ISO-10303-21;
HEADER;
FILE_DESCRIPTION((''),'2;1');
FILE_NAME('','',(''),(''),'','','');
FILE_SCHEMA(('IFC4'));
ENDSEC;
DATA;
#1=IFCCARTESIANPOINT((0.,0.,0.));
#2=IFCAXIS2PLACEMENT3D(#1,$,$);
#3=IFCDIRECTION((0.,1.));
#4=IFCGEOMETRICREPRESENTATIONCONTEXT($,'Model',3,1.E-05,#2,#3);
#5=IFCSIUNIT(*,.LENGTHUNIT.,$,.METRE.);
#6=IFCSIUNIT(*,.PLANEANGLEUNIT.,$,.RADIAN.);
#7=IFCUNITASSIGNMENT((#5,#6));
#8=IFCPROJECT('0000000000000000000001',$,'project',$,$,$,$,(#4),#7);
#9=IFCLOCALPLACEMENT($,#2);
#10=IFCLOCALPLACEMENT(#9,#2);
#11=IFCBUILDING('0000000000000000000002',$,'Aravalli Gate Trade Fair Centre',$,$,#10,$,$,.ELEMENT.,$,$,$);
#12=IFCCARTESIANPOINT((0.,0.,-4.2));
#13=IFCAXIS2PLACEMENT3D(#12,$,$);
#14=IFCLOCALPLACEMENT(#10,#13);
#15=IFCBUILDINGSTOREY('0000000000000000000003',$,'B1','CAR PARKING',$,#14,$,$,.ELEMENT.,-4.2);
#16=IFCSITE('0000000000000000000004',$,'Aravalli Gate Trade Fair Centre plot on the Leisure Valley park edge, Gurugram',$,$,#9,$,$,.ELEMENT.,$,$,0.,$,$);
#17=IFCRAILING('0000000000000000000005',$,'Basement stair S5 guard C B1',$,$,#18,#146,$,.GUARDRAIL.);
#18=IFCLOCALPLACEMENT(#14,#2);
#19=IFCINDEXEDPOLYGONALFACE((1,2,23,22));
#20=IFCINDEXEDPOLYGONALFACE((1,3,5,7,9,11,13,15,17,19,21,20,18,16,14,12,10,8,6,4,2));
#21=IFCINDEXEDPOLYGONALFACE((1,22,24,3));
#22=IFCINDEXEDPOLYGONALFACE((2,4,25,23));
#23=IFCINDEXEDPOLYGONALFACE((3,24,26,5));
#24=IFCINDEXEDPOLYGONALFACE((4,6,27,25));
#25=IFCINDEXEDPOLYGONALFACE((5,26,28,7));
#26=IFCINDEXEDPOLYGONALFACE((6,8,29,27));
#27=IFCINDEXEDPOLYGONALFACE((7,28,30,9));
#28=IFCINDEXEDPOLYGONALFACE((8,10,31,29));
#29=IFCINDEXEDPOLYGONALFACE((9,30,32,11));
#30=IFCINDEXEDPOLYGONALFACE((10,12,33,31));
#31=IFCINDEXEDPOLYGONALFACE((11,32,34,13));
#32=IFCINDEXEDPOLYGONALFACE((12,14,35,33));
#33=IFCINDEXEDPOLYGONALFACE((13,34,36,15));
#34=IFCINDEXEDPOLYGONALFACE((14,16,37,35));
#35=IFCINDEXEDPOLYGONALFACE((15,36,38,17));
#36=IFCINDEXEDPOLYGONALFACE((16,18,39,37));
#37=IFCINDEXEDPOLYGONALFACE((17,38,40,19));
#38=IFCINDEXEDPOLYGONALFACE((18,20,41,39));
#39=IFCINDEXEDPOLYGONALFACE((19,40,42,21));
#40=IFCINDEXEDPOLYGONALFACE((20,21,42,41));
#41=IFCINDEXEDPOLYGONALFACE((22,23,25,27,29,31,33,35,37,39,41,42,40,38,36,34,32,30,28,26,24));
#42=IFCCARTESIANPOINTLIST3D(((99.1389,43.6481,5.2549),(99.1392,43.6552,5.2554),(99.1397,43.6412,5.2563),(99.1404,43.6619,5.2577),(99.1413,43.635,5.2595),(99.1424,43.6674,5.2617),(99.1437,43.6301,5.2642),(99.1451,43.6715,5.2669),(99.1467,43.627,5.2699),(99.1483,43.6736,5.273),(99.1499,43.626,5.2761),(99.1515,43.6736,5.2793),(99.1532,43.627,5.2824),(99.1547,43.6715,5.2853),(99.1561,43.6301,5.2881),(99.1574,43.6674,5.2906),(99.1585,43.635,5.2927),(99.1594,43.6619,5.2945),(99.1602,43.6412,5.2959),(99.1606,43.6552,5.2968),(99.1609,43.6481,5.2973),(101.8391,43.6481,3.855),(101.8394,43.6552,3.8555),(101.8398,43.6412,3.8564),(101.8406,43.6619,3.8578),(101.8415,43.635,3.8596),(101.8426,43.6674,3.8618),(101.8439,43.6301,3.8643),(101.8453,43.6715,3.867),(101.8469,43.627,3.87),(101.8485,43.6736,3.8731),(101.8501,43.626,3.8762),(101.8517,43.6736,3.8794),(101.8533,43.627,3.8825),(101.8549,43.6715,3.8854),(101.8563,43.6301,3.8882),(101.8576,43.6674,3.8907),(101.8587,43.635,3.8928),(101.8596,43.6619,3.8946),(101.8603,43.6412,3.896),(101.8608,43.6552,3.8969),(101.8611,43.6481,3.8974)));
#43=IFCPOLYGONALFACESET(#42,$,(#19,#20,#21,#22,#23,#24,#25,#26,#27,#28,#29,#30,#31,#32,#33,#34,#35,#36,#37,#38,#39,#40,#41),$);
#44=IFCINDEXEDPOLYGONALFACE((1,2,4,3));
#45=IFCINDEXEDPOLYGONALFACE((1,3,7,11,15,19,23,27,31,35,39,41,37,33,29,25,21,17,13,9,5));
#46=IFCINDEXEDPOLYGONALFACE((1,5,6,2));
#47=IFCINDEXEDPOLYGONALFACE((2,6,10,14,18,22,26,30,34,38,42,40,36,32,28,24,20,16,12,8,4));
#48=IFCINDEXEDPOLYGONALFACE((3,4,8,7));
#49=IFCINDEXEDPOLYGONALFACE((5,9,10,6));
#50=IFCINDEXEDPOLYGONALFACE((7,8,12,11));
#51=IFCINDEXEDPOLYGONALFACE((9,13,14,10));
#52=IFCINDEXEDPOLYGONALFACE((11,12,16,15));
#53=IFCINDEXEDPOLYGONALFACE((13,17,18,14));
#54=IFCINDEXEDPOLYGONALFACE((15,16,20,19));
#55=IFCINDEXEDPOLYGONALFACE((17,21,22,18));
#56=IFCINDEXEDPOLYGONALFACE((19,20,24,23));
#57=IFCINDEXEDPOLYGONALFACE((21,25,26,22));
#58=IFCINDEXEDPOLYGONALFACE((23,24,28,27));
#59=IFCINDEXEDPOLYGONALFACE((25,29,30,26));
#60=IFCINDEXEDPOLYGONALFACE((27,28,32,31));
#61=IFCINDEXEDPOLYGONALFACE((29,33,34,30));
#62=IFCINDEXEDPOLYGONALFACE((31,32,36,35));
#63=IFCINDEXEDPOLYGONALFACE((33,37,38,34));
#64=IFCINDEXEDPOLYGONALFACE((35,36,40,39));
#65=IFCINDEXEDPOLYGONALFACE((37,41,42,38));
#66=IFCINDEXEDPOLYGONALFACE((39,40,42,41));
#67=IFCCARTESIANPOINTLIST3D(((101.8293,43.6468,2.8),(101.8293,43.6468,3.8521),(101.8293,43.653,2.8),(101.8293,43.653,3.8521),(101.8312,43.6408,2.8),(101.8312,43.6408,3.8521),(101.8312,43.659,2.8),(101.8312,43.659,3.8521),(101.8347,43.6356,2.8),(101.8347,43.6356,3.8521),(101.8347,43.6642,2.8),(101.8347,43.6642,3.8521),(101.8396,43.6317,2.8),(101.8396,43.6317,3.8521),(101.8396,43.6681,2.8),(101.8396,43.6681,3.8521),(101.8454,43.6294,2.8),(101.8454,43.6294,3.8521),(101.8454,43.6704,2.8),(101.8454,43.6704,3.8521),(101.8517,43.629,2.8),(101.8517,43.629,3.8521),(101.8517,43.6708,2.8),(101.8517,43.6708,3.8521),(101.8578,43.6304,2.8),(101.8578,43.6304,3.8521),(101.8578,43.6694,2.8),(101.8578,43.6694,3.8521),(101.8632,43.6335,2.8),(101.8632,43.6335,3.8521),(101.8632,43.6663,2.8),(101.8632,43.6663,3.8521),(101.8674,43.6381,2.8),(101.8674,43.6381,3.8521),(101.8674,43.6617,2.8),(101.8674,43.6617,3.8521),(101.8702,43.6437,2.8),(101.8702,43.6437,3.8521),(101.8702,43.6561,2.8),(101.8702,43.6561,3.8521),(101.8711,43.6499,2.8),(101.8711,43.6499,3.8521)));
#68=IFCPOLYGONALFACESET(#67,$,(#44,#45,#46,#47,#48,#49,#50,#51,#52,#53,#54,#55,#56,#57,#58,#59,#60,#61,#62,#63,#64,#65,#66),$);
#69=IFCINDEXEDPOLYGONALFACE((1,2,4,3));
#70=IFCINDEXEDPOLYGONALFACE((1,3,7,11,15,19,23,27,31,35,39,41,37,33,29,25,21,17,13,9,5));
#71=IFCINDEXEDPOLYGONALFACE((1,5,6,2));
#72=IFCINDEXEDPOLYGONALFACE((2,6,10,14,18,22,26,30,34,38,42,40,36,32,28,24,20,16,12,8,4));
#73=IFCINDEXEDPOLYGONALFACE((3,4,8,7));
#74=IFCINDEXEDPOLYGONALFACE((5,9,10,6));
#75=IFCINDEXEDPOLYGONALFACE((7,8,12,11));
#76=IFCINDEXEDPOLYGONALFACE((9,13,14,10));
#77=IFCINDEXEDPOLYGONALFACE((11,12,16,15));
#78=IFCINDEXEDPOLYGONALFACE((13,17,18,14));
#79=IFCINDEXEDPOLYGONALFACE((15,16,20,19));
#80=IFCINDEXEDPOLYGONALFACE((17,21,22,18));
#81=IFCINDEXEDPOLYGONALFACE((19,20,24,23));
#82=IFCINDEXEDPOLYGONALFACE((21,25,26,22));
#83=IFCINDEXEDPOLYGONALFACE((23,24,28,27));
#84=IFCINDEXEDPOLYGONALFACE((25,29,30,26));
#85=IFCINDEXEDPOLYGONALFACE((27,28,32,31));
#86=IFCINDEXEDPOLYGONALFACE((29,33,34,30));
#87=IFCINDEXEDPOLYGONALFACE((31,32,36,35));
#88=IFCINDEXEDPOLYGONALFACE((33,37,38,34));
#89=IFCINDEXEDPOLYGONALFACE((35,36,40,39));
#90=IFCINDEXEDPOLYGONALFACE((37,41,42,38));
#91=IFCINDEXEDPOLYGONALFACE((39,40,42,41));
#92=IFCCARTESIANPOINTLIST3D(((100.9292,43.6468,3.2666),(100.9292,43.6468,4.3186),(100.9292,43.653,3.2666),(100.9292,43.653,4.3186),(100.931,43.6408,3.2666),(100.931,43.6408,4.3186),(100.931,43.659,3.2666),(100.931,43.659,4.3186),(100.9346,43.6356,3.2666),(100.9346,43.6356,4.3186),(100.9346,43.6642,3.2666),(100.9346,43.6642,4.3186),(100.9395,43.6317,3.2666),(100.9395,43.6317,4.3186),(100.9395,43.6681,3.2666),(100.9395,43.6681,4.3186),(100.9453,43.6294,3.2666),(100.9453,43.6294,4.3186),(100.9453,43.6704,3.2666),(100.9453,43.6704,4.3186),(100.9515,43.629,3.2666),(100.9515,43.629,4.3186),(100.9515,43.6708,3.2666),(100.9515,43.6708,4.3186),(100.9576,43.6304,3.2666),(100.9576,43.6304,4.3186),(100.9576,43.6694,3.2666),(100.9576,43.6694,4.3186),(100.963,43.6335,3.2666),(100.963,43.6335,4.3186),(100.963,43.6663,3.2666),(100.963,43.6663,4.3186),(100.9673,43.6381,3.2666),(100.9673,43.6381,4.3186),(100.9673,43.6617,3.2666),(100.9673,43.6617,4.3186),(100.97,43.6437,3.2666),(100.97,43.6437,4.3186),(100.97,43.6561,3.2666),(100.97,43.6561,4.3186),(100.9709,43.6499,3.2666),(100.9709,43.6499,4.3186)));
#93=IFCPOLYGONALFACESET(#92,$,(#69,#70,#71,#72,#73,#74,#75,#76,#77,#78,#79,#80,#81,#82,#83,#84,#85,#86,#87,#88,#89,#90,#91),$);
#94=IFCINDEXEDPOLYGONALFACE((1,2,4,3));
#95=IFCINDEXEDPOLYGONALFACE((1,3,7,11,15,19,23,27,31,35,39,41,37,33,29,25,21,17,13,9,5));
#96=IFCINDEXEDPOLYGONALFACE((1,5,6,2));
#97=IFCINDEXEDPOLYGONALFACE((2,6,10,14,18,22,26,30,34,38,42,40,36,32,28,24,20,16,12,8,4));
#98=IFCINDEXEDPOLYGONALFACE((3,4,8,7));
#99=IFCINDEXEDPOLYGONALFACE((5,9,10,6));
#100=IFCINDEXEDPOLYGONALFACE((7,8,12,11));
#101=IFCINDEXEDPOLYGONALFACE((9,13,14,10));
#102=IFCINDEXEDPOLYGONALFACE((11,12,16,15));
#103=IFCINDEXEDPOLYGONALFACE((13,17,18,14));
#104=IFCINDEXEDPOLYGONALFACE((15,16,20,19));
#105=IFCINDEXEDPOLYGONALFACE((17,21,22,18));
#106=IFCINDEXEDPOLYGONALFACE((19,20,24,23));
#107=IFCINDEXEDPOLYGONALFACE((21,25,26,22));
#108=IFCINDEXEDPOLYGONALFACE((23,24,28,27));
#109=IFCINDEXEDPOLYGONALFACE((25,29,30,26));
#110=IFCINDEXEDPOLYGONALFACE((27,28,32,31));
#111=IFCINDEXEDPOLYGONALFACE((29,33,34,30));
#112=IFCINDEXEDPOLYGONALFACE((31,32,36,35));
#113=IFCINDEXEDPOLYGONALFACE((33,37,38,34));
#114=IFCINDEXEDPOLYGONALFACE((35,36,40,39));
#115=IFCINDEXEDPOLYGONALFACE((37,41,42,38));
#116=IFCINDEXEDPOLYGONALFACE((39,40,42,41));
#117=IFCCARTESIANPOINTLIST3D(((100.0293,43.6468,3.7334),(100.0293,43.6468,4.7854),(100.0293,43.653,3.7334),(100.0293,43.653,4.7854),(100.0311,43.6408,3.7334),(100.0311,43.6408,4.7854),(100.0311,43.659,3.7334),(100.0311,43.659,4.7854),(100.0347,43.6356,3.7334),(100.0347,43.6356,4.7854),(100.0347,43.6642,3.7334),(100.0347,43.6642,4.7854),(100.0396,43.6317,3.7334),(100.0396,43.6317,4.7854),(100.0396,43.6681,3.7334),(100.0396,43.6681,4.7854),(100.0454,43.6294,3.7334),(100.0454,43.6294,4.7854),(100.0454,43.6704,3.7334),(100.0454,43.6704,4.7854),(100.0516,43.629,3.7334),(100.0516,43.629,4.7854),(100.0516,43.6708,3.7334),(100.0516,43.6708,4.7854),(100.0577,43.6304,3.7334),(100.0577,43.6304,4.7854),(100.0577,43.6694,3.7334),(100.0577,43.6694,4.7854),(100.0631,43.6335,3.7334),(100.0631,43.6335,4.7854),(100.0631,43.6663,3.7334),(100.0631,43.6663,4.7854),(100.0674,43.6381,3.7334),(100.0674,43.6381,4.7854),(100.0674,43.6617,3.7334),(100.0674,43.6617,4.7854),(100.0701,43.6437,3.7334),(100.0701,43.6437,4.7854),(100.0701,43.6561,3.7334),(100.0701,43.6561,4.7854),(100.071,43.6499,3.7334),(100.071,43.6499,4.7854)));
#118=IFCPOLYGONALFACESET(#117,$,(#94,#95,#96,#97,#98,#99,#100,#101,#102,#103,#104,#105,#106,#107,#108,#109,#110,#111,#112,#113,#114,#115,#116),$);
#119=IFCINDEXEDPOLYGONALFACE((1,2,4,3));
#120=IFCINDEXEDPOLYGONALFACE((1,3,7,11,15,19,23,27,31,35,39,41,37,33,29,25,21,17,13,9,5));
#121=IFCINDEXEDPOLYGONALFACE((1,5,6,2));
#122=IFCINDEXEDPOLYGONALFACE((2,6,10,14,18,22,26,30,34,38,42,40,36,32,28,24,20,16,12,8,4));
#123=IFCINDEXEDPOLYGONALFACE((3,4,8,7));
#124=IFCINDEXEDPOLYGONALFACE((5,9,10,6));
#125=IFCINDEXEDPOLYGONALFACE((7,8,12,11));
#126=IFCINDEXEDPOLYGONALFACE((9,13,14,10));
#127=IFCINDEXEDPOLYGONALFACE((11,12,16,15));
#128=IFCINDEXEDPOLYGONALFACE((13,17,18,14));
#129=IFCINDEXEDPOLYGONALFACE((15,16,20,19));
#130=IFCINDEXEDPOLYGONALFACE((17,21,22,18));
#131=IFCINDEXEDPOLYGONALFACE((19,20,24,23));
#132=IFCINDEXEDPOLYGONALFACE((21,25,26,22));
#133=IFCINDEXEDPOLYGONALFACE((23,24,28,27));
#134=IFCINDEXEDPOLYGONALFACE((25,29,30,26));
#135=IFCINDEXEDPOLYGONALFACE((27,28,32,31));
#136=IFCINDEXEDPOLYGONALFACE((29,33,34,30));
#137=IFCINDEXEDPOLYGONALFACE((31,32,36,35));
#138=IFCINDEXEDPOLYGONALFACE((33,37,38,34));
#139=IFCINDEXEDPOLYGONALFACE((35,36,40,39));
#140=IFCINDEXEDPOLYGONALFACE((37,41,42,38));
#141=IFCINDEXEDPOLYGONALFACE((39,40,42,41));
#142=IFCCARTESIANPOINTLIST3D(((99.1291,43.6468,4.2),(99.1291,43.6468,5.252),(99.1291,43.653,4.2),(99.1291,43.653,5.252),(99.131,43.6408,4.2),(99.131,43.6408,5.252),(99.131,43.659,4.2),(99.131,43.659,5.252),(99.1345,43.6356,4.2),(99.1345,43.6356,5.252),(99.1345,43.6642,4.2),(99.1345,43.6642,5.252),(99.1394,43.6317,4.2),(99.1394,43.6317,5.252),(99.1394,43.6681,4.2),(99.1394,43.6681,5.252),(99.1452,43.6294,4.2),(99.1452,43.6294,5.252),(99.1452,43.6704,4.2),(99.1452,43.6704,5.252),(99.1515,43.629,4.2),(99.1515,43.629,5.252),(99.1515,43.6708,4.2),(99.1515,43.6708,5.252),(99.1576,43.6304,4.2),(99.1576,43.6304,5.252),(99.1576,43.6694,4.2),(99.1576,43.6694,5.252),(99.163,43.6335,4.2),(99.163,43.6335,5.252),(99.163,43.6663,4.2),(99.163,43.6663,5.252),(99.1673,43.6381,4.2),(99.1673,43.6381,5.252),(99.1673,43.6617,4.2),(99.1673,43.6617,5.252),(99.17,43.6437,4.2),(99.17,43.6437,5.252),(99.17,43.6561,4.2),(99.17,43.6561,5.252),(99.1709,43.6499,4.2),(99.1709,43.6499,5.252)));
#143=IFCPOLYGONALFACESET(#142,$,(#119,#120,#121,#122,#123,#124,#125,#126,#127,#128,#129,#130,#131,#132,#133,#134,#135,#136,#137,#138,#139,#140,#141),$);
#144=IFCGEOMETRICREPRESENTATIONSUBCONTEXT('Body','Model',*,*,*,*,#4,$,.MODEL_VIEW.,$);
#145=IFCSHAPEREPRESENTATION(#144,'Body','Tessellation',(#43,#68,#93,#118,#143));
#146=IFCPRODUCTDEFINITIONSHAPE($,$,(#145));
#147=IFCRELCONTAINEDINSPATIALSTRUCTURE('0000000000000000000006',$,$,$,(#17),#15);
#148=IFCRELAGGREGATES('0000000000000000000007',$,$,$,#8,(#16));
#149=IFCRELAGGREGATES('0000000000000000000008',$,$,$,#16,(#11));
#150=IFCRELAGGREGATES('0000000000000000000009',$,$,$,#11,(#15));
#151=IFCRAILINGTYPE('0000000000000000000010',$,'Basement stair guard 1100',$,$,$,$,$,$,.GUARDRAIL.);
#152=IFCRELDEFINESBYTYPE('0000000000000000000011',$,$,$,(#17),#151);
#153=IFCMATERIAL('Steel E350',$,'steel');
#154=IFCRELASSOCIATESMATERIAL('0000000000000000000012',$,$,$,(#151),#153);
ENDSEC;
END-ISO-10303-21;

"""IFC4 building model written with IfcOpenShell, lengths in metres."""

from ifc_helpers import new_model, si_unit, direction, frame, origin, origin_2d, place, context, subcontext, project, spatial, circle, extrude, material, type_object, element, save


model = new_model("IFC4")

# Units and contexts
model_context = context("Model", 3, precision=1e-05, world=origin(), true_north=direction((0.0, 1.0)))
body_context = subcontext(model_context, "Body", "Model", "MODEL_VIEW")
ifc_project = project(units=[si_unit("LENGTHUNIT", "METRE"), si_unit("PLANEANGLEUNIT", "RADIAN")], contexts=[model_context])

# Site, building, storey
site_placement = place(None, origin())
site = spatial("IfcSite", under=ifc_project, at=site_placement, Name="Aravalli Gate Trade Fair Centre plot on the Leisure Valley park edge, Gurugram", CompositionType="ELEMENT", RefElevation=0.0)
building_placement = place(site_placement, origin())
building = spatial("IfcBuilding", under=site, at=building_placement, Name="Aravalli Gate Trade Fair Centre", CompositionType="ELEMENT")
storey_placement = place(building_placement, frame((0.0, 0.0, -4.2)))
storey = spatial("IfcBuildingStorey", under=building, at=storey_placement, Name="B1", Description="CAR PARKING", CompositionType="ELEMENT", Elevation=-4.2)

# Railing
ifc_material_1 = material(Name="Steel E350", Category="steel")
railing_type_1 = type_object("IfcRailingType", Name="Basement stair guard 1100", PredefinedType="GUARDRAIL", material=ifc_material_1)
railing_1_placement = place(storey_placement, frame((101.8501, 43.6499, 2.8)))
element("IfcRailing", 1, at=railing_1_placement, inside=storey, type_object=railing_type_1, Name="Basement stair S5 guard C B1", PredefinedType="GUARDRAIL", context=body_context, shape_type="SweptSolid", body=[
    extrude(circle(Radius=0.0239, at=origin_2d()), frame((0.0, 0.0, 1.0762), z_axis=(-0.887781, 0.0, 0.460266), x_axis=(0.0, -1.0, 0.0)), (0.0, 0.0, 1.0), 3.0415),
    extrude(circle(Radius=0.021, at=origin_2d()), origin(), (0.0, 0.0, 1.0), 1.052),
    extrude(circle(Radius=0.021, at=origin_2d()), frame((-0.9001, 0.0, 0.4666)), (0.0, 0.0, 1.0), 1.052),
    extrude(circle(Radius=0.021, at=origin_2d()), frame((-1.8, 0.0, 0.9333)), (0.0, 0.0, 1.0), 1.052),
    extrude(circle(Radius=0.021, at=origin_2d()), frame((-2.7002, 0.0, 1.3999)), (0.0, 0.0, 1.0), 1.052),
])

save(model, "model.ifc")
